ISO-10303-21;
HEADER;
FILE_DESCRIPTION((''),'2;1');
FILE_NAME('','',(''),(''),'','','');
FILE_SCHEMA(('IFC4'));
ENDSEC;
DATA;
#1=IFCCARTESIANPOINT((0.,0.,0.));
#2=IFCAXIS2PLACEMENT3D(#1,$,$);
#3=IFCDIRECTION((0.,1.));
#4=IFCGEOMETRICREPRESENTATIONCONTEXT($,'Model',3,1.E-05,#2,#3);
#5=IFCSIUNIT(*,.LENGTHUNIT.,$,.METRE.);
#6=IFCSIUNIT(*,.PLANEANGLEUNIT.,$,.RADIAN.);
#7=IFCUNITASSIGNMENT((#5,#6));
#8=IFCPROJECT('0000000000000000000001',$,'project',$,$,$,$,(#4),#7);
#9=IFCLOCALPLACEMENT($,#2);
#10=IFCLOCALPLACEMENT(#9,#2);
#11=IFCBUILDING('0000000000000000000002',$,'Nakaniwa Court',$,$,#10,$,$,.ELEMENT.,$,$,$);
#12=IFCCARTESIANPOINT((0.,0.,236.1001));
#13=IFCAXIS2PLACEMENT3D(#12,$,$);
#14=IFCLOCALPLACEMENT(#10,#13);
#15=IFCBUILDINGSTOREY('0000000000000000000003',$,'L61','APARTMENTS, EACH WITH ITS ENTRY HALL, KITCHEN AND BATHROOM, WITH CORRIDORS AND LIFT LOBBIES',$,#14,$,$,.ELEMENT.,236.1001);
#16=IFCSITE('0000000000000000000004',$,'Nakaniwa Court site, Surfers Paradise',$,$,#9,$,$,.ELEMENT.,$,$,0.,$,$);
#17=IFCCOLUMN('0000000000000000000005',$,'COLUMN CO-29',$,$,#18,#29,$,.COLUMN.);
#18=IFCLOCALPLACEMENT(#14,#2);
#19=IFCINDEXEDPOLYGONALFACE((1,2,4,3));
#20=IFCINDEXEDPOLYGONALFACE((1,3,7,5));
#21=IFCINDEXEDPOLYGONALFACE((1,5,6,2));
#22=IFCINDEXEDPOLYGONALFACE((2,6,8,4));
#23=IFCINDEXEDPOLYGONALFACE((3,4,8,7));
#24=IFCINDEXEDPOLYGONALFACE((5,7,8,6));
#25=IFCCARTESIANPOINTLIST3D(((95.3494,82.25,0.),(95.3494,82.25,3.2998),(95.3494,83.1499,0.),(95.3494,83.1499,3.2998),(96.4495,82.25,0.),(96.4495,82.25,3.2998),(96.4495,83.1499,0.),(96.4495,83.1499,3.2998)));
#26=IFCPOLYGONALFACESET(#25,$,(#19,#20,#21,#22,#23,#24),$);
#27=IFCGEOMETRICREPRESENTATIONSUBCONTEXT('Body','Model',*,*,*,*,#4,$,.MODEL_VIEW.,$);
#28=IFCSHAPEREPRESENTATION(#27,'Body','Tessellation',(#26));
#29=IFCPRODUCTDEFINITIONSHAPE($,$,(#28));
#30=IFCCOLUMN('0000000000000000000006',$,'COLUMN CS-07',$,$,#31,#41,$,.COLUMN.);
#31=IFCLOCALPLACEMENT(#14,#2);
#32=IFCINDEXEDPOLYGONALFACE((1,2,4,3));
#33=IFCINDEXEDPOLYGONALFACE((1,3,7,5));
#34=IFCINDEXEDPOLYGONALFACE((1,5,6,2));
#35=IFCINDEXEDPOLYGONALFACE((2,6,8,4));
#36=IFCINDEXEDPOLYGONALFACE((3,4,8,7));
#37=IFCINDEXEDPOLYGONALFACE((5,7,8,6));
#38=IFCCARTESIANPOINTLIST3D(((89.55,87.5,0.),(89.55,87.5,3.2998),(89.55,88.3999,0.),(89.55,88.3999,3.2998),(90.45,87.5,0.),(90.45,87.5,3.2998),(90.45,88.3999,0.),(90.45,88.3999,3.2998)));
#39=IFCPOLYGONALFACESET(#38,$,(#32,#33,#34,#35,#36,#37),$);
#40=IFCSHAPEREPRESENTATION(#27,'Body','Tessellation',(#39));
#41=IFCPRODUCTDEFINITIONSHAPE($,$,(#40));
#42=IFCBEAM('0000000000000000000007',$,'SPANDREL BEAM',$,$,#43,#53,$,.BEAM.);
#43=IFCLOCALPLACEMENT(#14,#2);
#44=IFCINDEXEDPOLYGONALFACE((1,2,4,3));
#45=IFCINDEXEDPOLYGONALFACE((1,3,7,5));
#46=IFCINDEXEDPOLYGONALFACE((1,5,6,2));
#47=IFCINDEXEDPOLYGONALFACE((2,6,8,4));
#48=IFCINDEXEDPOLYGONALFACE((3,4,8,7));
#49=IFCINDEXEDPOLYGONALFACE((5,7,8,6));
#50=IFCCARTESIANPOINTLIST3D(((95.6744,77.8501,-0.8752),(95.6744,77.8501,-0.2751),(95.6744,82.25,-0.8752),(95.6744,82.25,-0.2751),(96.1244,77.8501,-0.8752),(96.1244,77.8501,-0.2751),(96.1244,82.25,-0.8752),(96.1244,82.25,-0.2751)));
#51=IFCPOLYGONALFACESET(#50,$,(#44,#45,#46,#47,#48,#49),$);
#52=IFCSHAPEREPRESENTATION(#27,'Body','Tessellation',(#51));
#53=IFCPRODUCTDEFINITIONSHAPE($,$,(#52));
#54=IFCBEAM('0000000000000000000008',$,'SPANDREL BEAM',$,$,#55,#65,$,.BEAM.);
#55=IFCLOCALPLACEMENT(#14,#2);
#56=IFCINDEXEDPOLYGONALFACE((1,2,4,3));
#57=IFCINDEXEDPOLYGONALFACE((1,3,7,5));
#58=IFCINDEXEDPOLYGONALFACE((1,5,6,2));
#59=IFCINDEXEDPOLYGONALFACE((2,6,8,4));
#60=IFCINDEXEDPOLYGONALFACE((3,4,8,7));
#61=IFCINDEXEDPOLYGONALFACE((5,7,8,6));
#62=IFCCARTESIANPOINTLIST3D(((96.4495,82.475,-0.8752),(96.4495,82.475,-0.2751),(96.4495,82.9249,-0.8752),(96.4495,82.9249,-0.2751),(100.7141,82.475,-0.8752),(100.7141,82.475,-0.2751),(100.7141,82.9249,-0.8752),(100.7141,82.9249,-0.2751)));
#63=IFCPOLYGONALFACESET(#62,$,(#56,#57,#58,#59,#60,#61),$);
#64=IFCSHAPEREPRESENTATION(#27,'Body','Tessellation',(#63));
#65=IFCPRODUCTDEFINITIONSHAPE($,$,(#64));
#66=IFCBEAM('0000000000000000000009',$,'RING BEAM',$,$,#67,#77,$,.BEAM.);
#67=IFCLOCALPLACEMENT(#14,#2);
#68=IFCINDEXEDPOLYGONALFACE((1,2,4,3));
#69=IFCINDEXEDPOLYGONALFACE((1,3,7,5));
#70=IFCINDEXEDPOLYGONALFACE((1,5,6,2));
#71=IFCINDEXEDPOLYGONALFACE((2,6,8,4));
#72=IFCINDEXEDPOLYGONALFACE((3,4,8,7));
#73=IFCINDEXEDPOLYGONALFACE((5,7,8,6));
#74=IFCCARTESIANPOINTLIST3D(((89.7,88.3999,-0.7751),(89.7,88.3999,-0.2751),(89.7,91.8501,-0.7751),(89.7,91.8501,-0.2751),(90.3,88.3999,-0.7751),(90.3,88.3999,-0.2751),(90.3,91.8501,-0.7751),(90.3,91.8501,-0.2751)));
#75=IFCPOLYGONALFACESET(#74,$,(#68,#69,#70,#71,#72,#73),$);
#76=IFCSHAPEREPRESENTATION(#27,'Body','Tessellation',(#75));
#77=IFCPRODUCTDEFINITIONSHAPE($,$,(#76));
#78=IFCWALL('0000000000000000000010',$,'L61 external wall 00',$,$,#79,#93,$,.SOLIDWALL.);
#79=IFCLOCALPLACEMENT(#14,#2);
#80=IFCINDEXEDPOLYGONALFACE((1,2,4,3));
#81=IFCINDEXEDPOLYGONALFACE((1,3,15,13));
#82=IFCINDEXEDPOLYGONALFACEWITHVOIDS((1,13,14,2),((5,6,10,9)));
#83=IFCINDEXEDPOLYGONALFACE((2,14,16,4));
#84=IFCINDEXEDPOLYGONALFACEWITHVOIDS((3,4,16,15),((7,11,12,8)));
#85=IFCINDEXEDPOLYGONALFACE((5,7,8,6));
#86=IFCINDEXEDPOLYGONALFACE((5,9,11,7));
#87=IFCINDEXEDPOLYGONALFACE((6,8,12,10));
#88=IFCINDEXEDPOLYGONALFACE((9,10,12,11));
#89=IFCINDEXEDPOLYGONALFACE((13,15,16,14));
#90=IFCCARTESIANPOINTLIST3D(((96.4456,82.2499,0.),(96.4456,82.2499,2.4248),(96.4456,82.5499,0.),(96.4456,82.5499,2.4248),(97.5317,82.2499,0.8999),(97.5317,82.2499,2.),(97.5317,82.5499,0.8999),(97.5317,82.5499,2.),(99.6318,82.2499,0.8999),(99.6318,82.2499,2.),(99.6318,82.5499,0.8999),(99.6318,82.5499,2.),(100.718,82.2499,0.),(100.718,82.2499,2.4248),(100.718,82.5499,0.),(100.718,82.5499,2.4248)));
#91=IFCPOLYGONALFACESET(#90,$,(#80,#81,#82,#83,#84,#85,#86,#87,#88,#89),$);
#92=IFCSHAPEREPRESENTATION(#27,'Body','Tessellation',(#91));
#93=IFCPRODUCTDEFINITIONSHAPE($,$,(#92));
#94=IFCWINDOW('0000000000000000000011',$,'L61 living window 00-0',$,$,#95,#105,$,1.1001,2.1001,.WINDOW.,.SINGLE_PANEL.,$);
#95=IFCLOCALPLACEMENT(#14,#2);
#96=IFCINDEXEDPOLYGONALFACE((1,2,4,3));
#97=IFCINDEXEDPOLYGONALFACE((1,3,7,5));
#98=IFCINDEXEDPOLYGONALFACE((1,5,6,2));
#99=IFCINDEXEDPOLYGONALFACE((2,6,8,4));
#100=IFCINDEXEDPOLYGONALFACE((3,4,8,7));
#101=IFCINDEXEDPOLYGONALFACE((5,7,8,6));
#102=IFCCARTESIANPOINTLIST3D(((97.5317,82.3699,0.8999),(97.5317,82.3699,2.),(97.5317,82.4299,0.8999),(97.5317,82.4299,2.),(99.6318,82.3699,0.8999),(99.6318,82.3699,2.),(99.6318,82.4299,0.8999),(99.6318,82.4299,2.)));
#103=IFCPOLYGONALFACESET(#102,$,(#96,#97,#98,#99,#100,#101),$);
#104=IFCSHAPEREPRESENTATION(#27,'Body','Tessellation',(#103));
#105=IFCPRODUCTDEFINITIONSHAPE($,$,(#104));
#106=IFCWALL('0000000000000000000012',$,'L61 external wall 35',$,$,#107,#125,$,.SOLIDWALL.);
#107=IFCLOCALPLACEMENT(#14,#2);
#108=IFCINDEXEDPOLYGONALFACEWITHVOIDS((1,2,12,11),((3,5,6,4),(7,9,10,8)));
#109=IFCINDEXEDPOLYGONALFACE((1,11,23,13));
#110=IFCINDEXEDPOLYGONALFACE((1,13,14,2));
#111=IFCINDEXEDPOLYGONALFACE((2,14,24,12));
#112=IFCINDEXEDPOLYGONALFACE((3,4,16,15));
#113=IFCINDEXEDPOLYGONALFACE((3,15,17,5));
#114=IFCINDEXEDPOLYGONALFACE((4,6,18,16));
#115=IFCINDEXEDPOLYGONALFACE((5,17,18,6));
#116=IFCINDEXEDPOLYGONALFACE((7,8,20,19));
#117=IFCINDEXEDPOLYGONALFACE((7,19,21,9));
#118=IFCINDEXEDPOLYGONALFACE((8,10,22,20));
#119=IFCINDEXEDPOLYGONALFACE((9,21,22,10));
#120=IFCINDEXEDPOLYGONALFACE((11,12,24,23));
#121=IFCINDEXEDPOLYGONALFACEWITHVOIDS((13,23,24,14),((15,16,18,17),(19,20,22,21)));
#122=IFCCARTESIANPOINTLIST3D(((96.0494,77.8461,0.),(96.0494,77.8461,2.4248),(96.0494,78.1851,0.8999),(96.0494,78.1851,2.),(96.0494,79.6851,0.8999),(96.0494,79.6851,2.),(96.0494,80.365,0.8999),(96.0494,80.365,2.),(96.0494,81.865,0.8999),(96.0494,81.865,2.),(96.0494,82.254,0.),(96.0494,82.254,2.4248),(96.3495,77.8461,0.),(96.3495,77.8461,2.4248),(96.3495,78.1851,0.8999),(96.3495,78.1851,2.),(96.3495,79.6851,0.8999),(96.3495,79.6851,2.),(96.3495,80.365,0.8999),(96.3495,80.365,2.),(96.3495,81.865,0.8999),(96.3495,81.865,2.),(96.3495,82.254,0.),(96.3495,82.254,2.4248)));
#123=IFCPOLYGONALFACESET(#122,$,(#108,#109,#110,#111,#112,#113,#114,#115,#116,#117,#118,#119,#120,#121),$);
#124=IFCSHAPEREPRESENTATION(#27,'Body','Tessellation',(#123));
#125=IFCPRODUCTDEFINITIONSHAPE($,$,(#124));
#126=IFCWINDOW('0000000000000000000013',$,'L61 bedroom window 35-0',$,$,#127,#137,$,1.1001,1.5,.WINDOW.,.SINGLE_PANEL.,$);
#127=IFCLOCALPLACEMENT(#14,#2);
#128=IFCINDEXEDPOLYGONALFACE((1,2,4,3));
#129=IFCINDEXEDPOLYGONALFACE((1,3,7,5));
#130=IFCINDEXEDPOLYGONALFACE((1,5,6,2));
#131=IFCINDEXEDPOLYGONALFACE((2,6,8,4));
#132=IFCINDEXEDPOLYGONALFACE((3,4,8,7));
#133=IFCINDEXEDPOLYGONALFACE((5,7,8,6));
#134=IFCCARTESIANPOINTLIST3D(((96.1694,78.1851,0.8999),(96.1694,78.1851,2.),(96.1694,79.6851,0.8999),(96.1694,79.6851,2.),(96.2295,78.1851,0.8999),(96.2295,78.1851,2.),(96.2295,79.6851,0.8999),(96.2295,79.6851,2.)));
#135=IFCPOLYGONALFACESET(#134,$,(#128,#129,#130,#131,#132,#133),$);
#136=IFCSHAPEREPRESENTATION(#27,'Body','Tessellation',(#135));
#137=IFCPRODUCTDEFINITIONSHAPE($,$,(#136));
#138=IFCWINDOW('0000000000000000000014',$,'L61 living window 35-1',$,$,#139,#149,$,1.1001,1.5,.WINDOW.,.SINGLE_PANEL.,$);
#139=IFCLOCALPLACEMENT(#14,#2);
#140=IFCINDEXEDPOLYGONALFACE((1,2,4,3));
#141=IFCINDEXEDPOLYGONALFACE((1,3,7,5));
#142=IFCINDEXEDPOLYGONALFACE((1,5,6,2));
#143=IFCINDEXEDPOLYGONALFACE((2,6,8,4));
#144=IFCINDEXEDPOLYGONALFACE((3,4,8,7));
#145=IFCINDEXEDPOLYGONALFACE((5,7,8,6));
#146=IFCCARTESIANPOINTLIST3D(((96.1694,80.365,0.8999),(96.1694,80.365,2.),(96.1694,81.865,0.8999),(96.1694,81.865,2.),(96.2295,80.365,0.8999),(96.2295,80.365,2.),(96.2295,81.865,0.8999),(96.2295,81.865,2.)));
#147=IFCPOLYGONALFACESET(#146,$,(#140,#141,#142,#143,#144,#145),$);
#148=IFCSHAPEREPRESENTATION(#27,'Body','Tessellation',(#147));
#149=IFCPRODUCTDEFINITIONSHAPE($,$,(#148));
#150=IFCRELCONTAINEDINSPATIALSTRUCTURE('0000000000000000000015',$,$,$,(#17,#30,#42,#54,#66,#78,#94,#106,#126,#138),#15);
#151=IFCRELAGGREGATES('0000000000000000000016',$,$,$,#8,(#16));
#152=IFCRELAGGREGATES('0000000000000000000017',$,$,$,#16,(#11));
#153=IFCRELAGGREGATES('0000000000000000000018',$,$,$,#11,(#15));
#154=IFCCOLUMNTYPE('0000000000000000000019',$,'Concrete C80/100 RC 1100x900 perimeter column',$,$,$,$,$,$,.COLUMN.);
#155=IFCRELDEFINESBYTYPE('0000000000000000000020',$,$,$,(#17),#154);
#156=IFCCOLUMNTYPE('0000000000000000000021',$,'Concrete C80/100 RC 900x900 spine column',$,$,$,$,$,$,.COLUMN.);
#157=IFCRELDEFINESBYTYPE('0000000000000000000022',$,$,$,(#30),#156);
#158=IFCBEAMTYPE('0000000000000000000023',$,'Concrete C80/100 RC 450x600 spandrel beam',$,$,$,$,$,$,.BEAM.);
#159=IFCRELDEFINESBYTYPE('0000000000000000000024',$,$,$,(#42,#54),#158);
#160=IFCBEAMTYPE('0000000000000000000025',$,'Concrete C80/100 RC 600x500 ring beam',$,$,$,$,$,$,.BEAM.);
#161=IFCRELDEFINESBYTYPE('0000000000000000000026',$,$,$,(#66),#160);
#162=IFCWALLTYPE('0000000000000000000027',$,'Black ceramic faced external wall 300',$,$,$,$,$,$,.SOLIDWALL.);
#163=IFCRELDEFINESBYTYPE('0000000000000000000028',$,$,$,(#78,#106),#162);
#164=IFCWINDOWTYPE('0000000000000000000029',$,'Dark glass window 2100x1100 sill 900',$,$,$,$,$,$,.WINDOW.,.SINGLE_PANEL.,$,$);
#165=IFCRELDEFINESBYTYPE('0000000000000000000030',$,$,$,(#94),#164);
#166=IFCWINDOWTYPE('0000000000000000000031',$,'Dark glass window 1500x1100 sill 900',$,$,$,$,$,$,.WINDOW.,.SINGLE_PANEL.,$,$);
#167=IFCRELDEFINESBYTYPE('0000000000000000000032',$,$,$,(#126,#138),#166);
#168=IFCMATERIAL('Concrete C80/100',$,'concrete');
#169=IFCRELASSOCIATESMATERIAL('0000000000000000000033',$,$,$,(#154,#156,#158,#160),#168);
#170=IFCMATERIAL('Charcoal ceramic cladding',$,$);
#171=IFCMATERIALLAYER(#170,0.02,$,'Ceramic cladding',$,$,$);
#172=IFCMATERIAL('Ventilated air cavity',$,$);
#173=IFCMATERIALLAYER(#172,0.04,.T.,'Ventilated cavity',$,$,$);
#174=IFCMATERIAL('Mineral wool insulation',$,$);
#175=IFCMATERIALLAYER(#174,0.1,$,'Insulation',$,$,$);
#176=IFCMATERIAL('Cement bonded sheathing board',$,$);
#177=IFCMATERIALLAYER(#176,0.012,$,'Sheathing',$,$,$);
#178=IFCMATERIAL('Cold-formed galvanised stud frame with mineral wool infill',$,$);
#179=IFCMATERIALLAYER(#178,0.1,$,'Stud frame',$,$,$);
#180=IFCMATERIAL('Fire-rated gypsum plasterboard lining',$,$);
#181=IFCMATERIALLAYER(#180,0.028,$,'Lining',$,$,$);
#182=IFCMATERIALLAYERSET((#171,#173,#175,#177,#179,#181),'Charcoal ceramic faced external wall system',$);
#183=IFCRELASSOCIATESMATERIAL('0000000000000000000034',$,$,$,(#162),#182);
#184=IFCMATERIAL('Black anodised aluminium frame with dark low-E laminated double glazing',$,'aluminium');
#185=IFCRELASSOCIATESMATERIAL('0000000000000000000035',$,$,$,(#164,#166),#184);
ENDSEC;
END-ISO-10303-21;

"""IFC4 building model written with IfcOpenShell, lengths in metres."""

from ifc_helpers import new_model, si_unit, direction, frame, frame_2d, origin, origin_2d, place, context, subcontext, project, spatial, rectangle, extrude, material, layer, layer_set, material_profile, profile_set, type_object, element, fill, save


model = new_model("IFC4")

# Units and contexts
model_context = context("Model", 3, precision=1e-05, world=origin(), true_north=direction((0.0, 1.0)))
body_context = subcontext(model_context, "Body", "Model", "MODEL_VIEW")
ifc_project = project(units=[si_unit("LENGTHUNIT", "METRE"), si_unit("PLANEANGLEUNIT", "RADIAN")], contexts=[model_context])

# Site, building, storey
site_placement = place(None, origin())
site = spatial("IfcSite", under=ifc_project, at=site_placement, Name="Nakaniwa Court site, Surfers Paradise", CompositionType="ELEMENT", RefElevation=0.0)
building_placement = place(site_placement, origin())
building = spatial("IfcBuilding", under=site, at=building_placement, Name="Nakaniwa Court", CompositionType="ELEMENT")
storey_placement = place(building_placement, frame((0.0, 0.0, 236.1001)))
storey = spatial("IfcBuildingStorey", under=building, at=storey_placement, Name="L61", Description="APARTMENTS, EACH WITH ITS ENTRY HALL, KITCHEN AND BATHROOM, WITH CORRIDORS AND LIFT LOBBIES", CompositionType="ELEMENT", Elevation=236.1001)

# Columns
ifc_material_1 = material(Name="Concrete C80/100", Category="concrete")
ifc_material_profile_1 = material_profile(ifc_material_1, rectangle(XDim=1.1001, YDim=0.8999, at=origin_2d()), Name="Concrete C80/100 RC 1100x900 perimeter column")
ifc_profile_set_1 = profile_set([ifc_material_profile_1], Name="Concrete C80/100")
column_type_1 = type_object("IfcColumnType", Name="Concrete C80/100 RC 1100x900 perimeter column", PredefinedType="COLUMN", material=ifc_profile_set_1)
column_1_placement = place(storey_placement, frame((95.8994, 82.7, 0.0), z_axis=(0.0, 0.0, 1.0), x_axis=(1.0, 0.0, 0.0)))
element("IfcColumn", 1, at=column_1_placement, inside=storey, type_object=column_type_1, Name="COLUMN CO-29", PredefinedType="COLUMN", context=body_context, shape_type="SweptSolid", body=[
    extrude(rectangle(XDim=1.1001, YDim=0.8999, at=origin_2d()), origin(), (0.0, 0.0, 1.0), 3.2998),
])
ifc_material_profile_2 = material_profile(ifc_material_1, rectangle(XDim=0.8999, YDim=0.8999, at=origin_2d()), Name="Concrete C80/100 RC 900x900 spine column")
ifc_profile_set_2 = profile_set([ifc_material_profile_2], Name="Concrete C80/100")
column_type_2 = type_object("IfcColumnType", Name="Concrete C80/100 RC 900x900 spine column", PredefinedType="COLUMN", material=ifc_profile_set_2)
column_2_placement = place(storey_placement, frame((90.0, 87.95, 0.0), z_axis=(0.0, 0.0, 1.0), x_axis=(0.0, 1.0, 0.0)))
element("IfcColumn", 2, at=column_2_placement, inside=storey, type_object=column_type_2, Name="COLUMN CS-07", PredefinedType="COLUMN", context=body_context, shape_type="SweptSolid", body=[
    extrude(rectangle(XDim=0.8999, YDim=0.8999, at=origin_2d()), origin(), (0.0, 0.0, 1.0), 3.2998),
])

# Beams
ifc_material_profile_3 = material_profile(ifc_material_1, rectangle(XDim=0.45, YDim=0.6001, at=origin_2d()), Name="Concrete C80/100 RC 450x600 spandrel beam")
ifc_profile_set_3 = profile_set([ifc_material_profile_3], Name="Concrete C80/100")
beam_type_1 = type_object("IfcBeamType", Name="Concrete C80/100 RC 450x600 spandrel beam", PredefinedType="BEAM", material=ifc_profile_set_3)
beam_1_placement = place(storey_placement, frame((95.8994, 77.8501, -0.5752), z_axis=(0.0, 1.0, 0.0), x_axis=(-1.0, 0.0, 0.0)))
element("IfcBeam", 3, at=beam_1_placement, inside=storey, type_object=beam_type_1, Name="SPANDREL BEAM", PredefinedType="BEAM", context=body_context, shape_type="SweptSolid", body=[
    extrude(rectangle(XDim=0.45, YDim=0.6001, at=origin_2d()), origin(), (0.0, 0.0, 1.0), 4.3999),
])
beam_2_placement = place(storey_placement, frame((96.4495, 82.7, -0.5752), z_axis=(1.0, 0.0, 0.0), x_axis=(0.0, 1.0, 0.0)))
element("IfcBeam", 4, at=beam_2_placement, inside=storey, type_object=beam_type_1, Name="SPANDREL BEAM", PredefinedType="BEAM", context=body_context, shape_type="SweptSolid", body=[
    extrude(rectangle(XDim=0.45, YDim=0.6001, at=origin_2d()), origin(), (0.0, 0.0, 1.0), 4.2646),
])
ifc_material_profile_4 = material_profile(ifc_material_1, rectangle(XDim=0.6001, YDim=0.5, at=origin_2d()), Name="Concrete C80/100 RC 600x500 ring beam")
ifc_profile_set_4 = profile_set([ifc_material_profile_4], Name="Concrete C80/100")
beam_type_2 = type_object("IfcBeamType", Name="Concrete C80/100 RC 600x500 ring beam", PredefinedType="BEAM", material=ifc_profile_set_4)
beam_3_placement = place(storey_placement, frame((90.0, 88.3999, -0.5251), z_axis=(0.0, 1.0, 0.0), x_axis=(-1.0, 0.0, 0.0)))
element("IfcBeam", 5, at=beam_3_placement, inside=storey, type_object=beam_type_2, Name="RING BEAM", PredefinedType="BEAM", context=body_context, shape_type="SweptSolid", body=[
    extrude(rectangle(XDim=0.6001, YDim=0.5, at=origin_2d()), origin(), (0.0, 0.0, 1.0), 3.4502),
])

# Wall, opening, window
ifc_material_2 = material(Name="Charcoal ceramic cladding")
ifc_layer_1 = layer(ifc_material_2, 0.02, Name="Ceramic cladding")
ifc_material_3 = material(Name="Ventilated air cavity")
ifc_layer_2 = layer(ifc_material_3, 0.04, ventilated=True, Name="Ventilated cavity")
ifc_material_4 = material(Name="Mineral wool insulation")
ifc_layer_3 = layer(ifc_material_4, 0.1, Name="Insulation")
ifc_material_5 = material(Name="Cement bonded sheathing board")
ifc_layer_4 = layer(ifc_material_5, 0.012, Name="Sheathing")
ifc_material_6 = material(Name="Cold-formed galvanised stud frame with mineral wool infill")
ifc_layer_5 = layer(ifc_material_6, 0.1, Name="Stud frame")
ifc_material_7 = material(Name="Fire-rated gypsum plasterboard lining")
ifc_layer_6 = layer(ifc_material_7, 0.028, Name="Lining")
ifc_layer_set_1 = layer_set([ifc_layer_1, ifc_layer_2, ifc_layer_3, ifc_layer_4, ifc_layer_5, ifc_layer_6], Name="Charcoal ceramic faced external wall system")
wall_type_1 = type_object("IfcWallType", Name="Black ceramic faced external wall 300", PredefinedType="SOLIDWALL", material=ifc_layer_set_1)
wall_1_placement = place(storey_placement, frame((96.4456, 82.3999, 0.0), z_axis=(0.0, 0.0, 1.0), x_axis=(1.0, 0.0, 0.0)))
wall_1 = element("IfcWall", 6, at=wall_1_placement, inside=storey, type_object=wall_type_1, Name="L61 external wall 00", PredefinedType="SOLIDWALL", context=body_context, shape_type="SweptSolid", body=[
    extrude(rectangle(XDim=4.2725, YDim=0.3, at=frame_2d((2.1362, 0.0))), origin(), (0.0, 0.0, 1.0), 2.4248),
])
opening_1_placement = place(wall_1_placement, frame((1.0862, 0.0, 0.8999)))
opening_1 = element("IfcOpeningElement", 7, at=opening_1_placement, cuts=wall_1, PredefinedType="OPENING", context=body_context, shape_type="SweptSolid", body=[
    extrude(rectangle(XDim=2.1001, YDim=1.1001, at=frame_2d((1.05, 0.55))), frame((0.0, 0.1599, 0.0), z_axis=(0.0, -1.0, 0.0), x_axis=(1.0, 0.0, 0.0)), (0.0, 0.0, 1.0), 0.3201),
])
ifc_material_8 = material(Name="Black anodised aluminium frame with dark low-E laminated double glazing", Category="aluminium")
window_type_1 = type_object("IfcWindowType", Name="Dark glass window 2100x1100 sill 900", PartitioningType="SINGLE_PANEL", PredefinedType="WINDOW", material=ifc_material_8)
window_1_placement = place(opening_1_placement, origin())
window_1 = element("IfcWindow", 8, at=window_1_placement, inside=storey, type_object=window_type_1, Name="L61 living window 00-0", OverallHeight=1.1001, OverallWidth=2.1001, PartitioningType="SINGLE_PANEL", PredefinedType="WINDOW", context=body_context, shape_type="SweptSolid", body=[
    extrude(rectangle(XDim=2.1001, YDim=1.1001, at=frame_2d((1.05, 0.55))), frame((0.0, 0.03, 0.0), z_axis=(0.0, -1.0, 0.0), x_axis=(1.0, 0.0, 0.0)), (0.0, 0.0, 1.0), 0.0601),
])
fill(opening_1, window_1)

# Wall, openings, windows
wall_2_placement = place(storey_placement, frame((96.1995, 77.8459, 0.0), z_axis=(0.0, 0.0, 1.0), x_axis=(0.0, 1.0, 0.0)))
wall_2 = element("IfcWall", 9, at=wall_2_placement, inside=storey, type_object=wall_type_1, Name="L61 external wall 35", PredefinedType="SOLIDWALL", context=body_context, shape_type="SweptSolid", body=[
    extrude(rectangle(XDim=4.408, YDim=0.3, at=frame_2d((2.2041, 0.0))), origin(), (0.0, 0.0, 1.0), 2.4248),
])
opening_2_placement = place(wall_2_placement, frame((0.3391, 0.0, 0.8999)))
opening_2 = element("IfcOpeningElement", 10, at=opening_2_placement, cuts=wall_2, PredefinedType="OPENING", context=body_context, shape_type="SweptSolid", body=[
    extrude(rectangle(XDim=1.5, YDim=1.1001, at=frame_2d((0.75, 0.55))), frame((0.0, 0.1599, 0.0), z_axis=(0.0, -1.0, 0.0), x_axis=(1.0, 0.0, 0.0)), (0.0, 0.0, 1.0), 0.3201),
])
opening_3_placement = place(wall_2_placement, frame((2.519, 0.0, 0.8999)))
opening_3 = element("IfcOpeningElement", 11, at=opening_3_placement, cuts=wall_2, PredefinedType="OPENING", context=body_context, shape_type="SweptSolid", body=[
    extrude(rectangle(XDim=1.5, YDim=1.1001, at=frame_2d((0.75, 0.55))), frame((0.0, 0.1599, 0.0), z_axis=(0.0, -1.0, 0.0), x_axis=(1.0, 0.0, 0.0)), (0.0, 0.0, 1.0), 0.3201),
])
window_type_2 = type_object("IfcWindowType", Name="Dark glass window 1500x1100 sill 900", PartitioningType="SINGLE_PANEL", PredefinedType="WINDOW", material=ifc_material_8)
window_2_placement = place(opening_2_placement, origin())
window_2 = element("IfcWindow", 12, at=window_2_placement, inside=storey, type_object=window_type_2, Name="L61 bedroom window 35-0", OverallHeight=1.1001, OverallWidth=1.5, PartitioningType="SINGLE_PANEL", PredefinedType="WINDOW", context=body_context, shape_type="SweptSolid", body=[
    extrude(rectangle(XDim=1.5, YDim=1.1001, at=frame_2d((0.75, 0.55))), frame((0.0, 0.03, 0.0), z_axis=(0.0, -1.0, 0.0), x_axis=(1.0, 0.0, 0.0)), (0.0, 0.0, 1.0), 0.0601),
])
fill(opening_2, window_2)
window_3_placement = place(opening_3_placement, origin())
window_3 = element("IfcWindow", 13, at=window_3_placement, inside=storey, type_object=window_type_2, Name="L61 living window 35-1", OverallHeight=1.1001, OverallWidth=1.5, PartitioningType="SINGLE_PANEL", PredefinedType="WINDOW", context=body_context, shape_type="SweptSolid", body=[
    extrude(rectangle(XDim=1.5, YDim=1.1001, at=frame_2d((0.75, 0.55))), frame((0.0, 0.03, 0.0), z_axis=(0.0, -1.0, 0.0), x_axis=(1.0, 0.0, 0.0)), (0.0, 0.0, 1.0), 0.0601),
])
fill(opening_3, window_3)

save(model, "model.ifc")
